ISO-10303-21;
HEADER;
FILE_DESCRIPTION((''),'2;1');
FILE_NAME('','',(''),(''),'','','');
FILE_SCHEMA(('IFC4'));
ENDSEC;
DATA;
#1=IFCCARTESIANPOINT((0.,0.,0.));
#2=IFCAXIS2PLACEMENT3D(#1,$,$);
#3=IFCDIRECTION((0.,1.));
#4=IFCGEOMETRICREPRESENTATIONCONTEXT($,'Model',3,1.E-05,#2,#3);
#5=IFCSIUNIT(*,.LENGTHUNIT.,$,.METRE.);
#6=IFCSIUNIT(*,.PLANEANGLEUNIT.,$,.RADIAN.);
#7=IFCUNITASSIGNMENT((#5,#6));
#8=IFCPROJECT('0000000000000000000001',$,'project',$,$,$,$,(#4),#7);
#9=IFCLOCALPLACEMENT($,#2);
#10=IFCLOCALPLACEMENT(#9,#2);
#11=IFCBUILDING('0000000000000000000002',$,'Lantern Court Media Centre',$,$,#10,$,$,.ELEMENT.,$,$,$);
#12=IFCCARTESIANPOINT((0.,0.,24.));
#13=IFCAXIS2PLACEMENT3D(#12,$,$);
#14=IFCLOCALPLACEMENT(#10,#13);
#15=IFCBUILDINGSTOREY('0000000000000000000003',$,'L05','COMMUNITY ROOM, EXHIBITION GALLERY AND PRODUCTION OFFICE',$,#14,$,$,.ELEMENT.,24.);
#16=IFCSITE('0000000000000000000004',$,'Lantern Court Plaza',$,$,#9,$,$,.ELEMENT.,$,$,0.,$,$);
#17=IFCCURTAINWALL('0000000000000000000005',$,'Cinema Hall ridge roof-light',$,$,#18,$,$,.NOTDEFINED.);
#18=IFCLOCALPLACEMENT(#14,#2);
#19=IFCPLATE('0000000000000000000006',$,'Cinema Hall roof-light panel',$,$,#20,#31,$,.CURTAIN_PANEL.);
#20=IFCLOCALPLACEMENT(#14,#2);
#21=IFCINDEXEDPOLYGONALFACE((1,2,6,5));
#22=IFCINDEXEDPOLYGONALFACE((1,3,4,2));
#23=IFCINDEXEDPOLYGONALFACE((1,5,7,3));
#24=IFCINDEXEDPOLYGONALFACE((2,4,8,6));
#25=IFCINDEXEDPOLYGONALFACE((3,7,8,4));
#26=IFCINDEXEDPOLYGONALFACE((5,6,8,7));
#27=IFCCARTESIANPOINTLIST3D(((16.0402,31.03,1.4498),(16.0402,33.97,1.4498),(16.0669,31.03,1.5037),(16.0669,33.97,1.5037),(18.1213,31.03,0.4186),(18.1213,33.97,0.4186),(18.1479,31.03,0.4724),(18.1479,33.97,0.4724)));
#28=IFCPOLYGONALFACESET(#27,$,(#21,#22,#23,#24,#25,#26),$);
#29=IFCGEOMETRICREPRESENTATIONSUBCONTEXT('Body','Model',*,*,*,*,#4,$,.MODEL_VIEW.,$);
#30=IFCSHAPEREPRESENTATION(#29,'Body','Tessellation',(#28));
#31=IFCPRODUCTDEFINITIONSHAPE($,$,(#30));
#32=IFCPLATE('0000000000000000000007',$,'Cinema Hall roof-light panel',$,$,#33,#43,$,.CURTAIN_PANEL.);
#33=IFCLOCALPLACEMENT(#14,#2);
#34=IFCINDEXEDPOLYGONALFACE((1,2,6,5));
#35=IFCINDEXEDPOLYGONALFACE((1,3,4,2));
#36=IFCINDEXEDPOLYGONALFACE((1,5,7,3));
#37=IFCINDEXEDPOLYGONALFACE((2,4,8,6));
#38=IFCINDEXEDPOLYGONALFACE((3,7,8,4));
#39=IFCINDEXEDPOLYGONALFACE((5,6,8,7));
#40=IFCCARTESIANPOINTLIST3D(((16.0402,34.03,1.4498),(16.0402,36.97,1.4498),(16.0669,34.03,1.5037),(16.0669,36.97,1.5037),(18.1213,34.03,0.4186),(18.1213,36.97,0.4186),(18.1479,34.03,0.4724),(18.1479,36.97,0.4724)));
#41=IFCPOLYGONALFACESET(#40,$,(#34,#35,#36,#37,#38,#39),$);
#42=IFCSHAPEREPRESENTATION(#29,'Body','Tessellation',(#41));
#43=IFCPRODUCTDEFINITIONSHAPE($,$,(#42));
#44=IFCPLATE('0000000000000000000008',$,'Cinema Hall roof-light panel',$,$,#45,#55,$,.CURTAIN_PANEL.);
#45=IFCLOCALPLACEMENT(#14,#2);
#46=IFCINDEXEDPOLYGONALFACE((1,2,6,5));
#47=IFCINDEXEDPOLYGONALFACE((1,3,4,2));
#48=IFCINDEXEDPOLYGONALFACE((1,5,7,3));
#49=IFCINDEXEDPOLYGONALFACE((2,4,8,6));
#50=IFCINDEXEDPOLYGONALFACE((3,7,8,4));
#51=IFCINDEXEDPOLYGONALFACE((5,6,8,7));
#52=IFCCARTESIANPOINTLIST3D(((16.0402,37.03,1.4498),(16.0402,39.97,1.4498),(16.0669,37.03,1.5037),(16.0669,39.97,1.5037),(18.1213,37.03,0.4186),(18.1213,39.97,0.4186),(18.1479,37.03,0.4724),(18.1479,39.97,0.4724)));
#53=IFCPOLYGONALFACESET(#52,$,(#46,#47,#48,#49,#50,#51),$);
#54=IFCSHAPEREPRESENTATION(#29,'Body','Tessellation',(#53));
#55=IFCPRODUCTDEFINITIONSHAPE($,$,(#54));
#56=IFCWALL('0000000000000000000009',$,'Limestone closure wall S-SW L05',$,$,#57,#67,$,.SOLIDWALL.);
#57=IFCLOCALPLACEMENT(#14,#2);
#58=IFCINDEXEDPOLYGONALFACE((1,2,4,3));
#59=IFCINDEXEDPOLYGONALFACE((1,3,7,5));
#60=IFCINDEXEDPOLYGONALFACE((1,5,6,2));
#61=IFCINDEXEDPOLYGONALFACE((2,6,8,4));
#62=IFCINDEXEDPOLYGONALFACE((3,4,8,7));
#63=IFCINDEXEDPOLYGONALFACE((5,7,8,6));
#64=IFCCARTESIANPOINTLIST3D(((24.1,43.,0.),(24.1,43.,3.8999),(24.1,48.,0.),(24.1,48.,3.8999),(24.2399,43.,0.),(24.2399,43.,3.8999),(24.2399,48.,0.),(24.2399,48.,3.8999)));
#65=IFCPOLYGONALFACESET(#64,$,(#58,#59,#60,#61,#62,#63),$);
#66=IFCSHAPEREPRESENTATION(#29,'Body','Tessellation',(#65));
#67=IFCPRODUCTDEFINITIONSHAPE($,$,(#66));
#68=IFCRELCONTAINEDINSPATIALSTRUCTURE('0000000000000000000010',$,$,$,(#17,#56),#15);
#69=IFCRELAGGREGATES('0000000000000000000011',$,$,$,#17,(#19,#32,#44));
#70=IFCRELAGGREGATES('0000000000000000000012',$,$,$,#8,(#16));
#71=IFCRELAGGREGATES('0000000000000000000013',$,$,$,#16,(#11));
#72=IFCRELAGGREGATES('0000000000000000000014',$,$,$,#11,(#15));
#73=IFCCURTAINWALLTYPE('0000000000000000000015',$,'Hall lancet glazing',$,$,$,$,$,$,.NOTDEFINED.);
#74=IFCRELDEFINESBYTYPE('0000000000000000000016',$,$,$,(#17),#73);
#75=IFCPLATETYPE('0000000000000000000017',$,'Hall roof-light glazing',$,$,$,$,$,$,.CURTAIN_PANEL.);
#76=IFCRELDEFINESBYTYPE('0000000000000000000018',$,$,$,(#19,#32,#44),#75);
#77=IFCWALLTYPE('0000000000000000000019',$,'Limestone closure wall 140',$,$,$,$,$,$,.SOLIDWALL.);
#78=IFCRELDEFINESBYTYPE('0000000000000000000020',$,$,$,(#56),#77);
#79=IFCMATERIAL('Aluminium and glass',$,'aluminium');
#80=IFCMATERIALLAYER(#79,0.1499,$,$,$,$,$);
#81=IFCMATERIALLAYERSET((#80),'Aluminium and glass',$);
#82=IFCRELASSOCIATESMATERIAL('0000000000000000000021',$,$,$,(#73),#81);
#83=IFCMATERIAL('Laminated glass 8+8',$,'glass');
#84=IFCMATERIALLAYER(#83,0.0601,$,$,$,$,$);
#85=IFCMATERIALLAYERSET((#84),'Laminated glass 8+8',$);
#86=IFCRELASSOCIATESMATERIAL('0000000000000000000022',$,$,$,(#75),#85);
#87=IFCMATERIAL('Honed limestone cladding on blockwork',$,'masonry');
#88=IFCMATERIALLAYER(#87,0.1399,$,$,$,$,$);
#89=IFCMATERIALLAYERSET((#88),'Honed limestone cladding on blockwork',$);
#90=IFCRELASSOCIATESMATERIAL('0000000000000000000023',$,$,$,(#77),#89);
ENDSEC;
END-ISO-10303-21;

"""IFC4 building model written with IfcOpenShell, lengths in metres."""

from ifc_helpers import new_model, si_unit, direction, frame, frame_2d, origin, place, context, subcontext, project, spatial, polyline, rectangle, outline, extrude, material, layer, layer_set, type_object, element, aggregate, save


model = new_model("IFC4")

# Units and contexts
model_context = context("Model", 3, precision=1e-05, world=origin(), true_north=direction((0.0, 1.0)))
body_context = subcontext(model_context, "Body", "Model", "MODEL_VIEW")
ifc_project = project(units=[si_unit("LENGTHUNIT", "METRE"), si_unit("PLANEANGLEUNIT", "RADIAN")], contexts=[model_context])

# Site, building, storey
site_placement = place(None, origin())
site = spatial("IfcSite", under=ifc_project, at=site_placement, Name="Lantern Court Plaza", CompositionType="ELEMENT", RefElevation=0.0)
building_placement = place(site_placement, origin())
building = spatial("IfcBuilding", under=site, at=building_placement, Name="Lantern Court Media Centre", CompositionType="ELEMENT")
storey_placement = place(building_placement, frame((0.0, 0.0, 24.0)))
storey = spatial("IfcBuildingStorey", under=building, at=storey_placement, Name="L05", Description="COMMUNITY ROOM, EXHIBITION GALLERY AND PRODUCTION OFFICE", CompositionType="ELEMENT", Elevation=24.0)

# Curtain wall
ifc_material_1 = material(Name="Aluminium and glass", Category="aluminium")
ifc_layer_1 = layer(ifc_material_1, 0.1499)
ifc_layer_set_1 = layer_set([ifc_layer_1], Name="Aluminium and glass")
curtain_wall_type = type_object("IfcCurtainWallType", Name="Hall lancet glazing", PredefinedType="NOTDEFINED", material=ifc_layer_set_1)
curtain_wall_placement = place(storey_placement, origin())
curtain_wall = element("IfcCurtainWall", 1, at=curtain_wall_placement, inside=storey, type_object=curtain_wall_type, Name="Cinema Hall ridge roof-light", PredefinedType="NOTDEFINED")

# Plates
ifc_material_2 = material(Name="Laminated glass 8+8", Category="glass")
ifc_layer_2 = layer(ifc_material_2, 0.0601)
ifc_layer_set_2 = layer_set([ifc_layer_2], Name="Laminated glass 8+8")
plate_type = type_object("IfcPlateType", Name="Hall roof-light glazing", PredefinedType="CURTAIN_PANEL", material=ifc_layer_set_2)
plate_1_placement = place(storey_placement, frame((16.0669, 31.03, 1.5037), z_axis=(0.444015, 0.0, 0.896019), x_axis=(0.896019, 0.0, -0.444015)))
plate_1 = element("IfcPlate", 2, at=plate_1_placement, type_object=plate_type, Name="Cinema Hall roof-light panel", PredefinedType="CURTAIN_PANEL", context=body_context, shape_type="SweptSolid", body=[
    extrude(outline(polyline([(0.0, 0.0), (2.3226, 0.0), (2.3226, 2.9399), (0.0, 2.9399), (0.0, 0.0)])), origin(), (0.0, 0.0, -1.0), 0.0601),
])
plate_2_placement = place(storey_placement, frame((16.0669, 34.03, 1.5037), z_axis=(0.444015, 0.0, 0.896019), x_axis=(0.896019, 0.0, -0.444015)))
plate_2 = element("IfcPlate", 3, at=plate_2_placement, type_object=plate_type, Name="Cinema Hall roof-light panel", PredefinedType="CURTAIN_PANEL", context=body_context, shape_type="SweptSolid", body=[
    extrude(outline(polyline([(0.0, 0.0), (2.3226, 0.0), (2.3226, 2.9399), (0.0, 2.9399), (0.0, 0.0)])), origin(), (0.0, 0.0, -1.0), 0.0601),
])
plate_3_placement = place(storey_placement, frame((16.0669, 37.03, 1.5037), z_axis=(0.444015, 0.0, 0.896019), x_axis=(0.896019, 0.0, -0.444015)))
plate_3 = element("IfcPlate", 4, at=plate_3_placement, type_object=plate_type, Name="Cinema Hall roof-light panel", PredefinedType="CURTAIN_PANEL", context=body_context, shape_type="SweptSolid", body=[
    extrude(outline(polyline([(0.0, 0.0), (2.3226, 0.0), (2.3226, 2.9399), (0.0, 2.9399), (0.0, 0.0)])), origin(), (0.0, 0.0, -1.0), 0.0601),
])
aggregate(curtain_wall, [plate_1, plate_2, plate_3])

# Wall
ifc_material_3 = material(Name="Honed limestone cladding on blockwork", Category="masonry")
ifc_layer_3 = layer(ifc_material_3, 0.1399)
ifc_layer_set_3 = layer_set([ifc_layer_3], Name="Honed limestone cladding on blockwork")
wall_type = type_object("IfcWallType", Name="Limestone closure wall 140", PredefinedType="SOLIDWALL", material=ifc_layer_set_3)
wall_placement = place(storey_placement, frame((24.1699, 43.0, 0.0), z_axis=(0.0, 0.0, 1.0), x_axis=(0.0, 1.0, 0.0)))
element("IfcWall", 5, at=wall_placement, inside=storey, type_object=wall_type, Name="Limestone closure wall S-SW L05", PredefinedType="SOLIDWALL", context=body_context, shape_type="SweptSolid", body=[
    extrude(rectangle(XDim=5.0, YDim=0.1399, at=frame_2d((2.5, 0.0))), origin(), (0.0, 0.0, 1.0), 3.8999),
])

save(model, "model.ifc")
